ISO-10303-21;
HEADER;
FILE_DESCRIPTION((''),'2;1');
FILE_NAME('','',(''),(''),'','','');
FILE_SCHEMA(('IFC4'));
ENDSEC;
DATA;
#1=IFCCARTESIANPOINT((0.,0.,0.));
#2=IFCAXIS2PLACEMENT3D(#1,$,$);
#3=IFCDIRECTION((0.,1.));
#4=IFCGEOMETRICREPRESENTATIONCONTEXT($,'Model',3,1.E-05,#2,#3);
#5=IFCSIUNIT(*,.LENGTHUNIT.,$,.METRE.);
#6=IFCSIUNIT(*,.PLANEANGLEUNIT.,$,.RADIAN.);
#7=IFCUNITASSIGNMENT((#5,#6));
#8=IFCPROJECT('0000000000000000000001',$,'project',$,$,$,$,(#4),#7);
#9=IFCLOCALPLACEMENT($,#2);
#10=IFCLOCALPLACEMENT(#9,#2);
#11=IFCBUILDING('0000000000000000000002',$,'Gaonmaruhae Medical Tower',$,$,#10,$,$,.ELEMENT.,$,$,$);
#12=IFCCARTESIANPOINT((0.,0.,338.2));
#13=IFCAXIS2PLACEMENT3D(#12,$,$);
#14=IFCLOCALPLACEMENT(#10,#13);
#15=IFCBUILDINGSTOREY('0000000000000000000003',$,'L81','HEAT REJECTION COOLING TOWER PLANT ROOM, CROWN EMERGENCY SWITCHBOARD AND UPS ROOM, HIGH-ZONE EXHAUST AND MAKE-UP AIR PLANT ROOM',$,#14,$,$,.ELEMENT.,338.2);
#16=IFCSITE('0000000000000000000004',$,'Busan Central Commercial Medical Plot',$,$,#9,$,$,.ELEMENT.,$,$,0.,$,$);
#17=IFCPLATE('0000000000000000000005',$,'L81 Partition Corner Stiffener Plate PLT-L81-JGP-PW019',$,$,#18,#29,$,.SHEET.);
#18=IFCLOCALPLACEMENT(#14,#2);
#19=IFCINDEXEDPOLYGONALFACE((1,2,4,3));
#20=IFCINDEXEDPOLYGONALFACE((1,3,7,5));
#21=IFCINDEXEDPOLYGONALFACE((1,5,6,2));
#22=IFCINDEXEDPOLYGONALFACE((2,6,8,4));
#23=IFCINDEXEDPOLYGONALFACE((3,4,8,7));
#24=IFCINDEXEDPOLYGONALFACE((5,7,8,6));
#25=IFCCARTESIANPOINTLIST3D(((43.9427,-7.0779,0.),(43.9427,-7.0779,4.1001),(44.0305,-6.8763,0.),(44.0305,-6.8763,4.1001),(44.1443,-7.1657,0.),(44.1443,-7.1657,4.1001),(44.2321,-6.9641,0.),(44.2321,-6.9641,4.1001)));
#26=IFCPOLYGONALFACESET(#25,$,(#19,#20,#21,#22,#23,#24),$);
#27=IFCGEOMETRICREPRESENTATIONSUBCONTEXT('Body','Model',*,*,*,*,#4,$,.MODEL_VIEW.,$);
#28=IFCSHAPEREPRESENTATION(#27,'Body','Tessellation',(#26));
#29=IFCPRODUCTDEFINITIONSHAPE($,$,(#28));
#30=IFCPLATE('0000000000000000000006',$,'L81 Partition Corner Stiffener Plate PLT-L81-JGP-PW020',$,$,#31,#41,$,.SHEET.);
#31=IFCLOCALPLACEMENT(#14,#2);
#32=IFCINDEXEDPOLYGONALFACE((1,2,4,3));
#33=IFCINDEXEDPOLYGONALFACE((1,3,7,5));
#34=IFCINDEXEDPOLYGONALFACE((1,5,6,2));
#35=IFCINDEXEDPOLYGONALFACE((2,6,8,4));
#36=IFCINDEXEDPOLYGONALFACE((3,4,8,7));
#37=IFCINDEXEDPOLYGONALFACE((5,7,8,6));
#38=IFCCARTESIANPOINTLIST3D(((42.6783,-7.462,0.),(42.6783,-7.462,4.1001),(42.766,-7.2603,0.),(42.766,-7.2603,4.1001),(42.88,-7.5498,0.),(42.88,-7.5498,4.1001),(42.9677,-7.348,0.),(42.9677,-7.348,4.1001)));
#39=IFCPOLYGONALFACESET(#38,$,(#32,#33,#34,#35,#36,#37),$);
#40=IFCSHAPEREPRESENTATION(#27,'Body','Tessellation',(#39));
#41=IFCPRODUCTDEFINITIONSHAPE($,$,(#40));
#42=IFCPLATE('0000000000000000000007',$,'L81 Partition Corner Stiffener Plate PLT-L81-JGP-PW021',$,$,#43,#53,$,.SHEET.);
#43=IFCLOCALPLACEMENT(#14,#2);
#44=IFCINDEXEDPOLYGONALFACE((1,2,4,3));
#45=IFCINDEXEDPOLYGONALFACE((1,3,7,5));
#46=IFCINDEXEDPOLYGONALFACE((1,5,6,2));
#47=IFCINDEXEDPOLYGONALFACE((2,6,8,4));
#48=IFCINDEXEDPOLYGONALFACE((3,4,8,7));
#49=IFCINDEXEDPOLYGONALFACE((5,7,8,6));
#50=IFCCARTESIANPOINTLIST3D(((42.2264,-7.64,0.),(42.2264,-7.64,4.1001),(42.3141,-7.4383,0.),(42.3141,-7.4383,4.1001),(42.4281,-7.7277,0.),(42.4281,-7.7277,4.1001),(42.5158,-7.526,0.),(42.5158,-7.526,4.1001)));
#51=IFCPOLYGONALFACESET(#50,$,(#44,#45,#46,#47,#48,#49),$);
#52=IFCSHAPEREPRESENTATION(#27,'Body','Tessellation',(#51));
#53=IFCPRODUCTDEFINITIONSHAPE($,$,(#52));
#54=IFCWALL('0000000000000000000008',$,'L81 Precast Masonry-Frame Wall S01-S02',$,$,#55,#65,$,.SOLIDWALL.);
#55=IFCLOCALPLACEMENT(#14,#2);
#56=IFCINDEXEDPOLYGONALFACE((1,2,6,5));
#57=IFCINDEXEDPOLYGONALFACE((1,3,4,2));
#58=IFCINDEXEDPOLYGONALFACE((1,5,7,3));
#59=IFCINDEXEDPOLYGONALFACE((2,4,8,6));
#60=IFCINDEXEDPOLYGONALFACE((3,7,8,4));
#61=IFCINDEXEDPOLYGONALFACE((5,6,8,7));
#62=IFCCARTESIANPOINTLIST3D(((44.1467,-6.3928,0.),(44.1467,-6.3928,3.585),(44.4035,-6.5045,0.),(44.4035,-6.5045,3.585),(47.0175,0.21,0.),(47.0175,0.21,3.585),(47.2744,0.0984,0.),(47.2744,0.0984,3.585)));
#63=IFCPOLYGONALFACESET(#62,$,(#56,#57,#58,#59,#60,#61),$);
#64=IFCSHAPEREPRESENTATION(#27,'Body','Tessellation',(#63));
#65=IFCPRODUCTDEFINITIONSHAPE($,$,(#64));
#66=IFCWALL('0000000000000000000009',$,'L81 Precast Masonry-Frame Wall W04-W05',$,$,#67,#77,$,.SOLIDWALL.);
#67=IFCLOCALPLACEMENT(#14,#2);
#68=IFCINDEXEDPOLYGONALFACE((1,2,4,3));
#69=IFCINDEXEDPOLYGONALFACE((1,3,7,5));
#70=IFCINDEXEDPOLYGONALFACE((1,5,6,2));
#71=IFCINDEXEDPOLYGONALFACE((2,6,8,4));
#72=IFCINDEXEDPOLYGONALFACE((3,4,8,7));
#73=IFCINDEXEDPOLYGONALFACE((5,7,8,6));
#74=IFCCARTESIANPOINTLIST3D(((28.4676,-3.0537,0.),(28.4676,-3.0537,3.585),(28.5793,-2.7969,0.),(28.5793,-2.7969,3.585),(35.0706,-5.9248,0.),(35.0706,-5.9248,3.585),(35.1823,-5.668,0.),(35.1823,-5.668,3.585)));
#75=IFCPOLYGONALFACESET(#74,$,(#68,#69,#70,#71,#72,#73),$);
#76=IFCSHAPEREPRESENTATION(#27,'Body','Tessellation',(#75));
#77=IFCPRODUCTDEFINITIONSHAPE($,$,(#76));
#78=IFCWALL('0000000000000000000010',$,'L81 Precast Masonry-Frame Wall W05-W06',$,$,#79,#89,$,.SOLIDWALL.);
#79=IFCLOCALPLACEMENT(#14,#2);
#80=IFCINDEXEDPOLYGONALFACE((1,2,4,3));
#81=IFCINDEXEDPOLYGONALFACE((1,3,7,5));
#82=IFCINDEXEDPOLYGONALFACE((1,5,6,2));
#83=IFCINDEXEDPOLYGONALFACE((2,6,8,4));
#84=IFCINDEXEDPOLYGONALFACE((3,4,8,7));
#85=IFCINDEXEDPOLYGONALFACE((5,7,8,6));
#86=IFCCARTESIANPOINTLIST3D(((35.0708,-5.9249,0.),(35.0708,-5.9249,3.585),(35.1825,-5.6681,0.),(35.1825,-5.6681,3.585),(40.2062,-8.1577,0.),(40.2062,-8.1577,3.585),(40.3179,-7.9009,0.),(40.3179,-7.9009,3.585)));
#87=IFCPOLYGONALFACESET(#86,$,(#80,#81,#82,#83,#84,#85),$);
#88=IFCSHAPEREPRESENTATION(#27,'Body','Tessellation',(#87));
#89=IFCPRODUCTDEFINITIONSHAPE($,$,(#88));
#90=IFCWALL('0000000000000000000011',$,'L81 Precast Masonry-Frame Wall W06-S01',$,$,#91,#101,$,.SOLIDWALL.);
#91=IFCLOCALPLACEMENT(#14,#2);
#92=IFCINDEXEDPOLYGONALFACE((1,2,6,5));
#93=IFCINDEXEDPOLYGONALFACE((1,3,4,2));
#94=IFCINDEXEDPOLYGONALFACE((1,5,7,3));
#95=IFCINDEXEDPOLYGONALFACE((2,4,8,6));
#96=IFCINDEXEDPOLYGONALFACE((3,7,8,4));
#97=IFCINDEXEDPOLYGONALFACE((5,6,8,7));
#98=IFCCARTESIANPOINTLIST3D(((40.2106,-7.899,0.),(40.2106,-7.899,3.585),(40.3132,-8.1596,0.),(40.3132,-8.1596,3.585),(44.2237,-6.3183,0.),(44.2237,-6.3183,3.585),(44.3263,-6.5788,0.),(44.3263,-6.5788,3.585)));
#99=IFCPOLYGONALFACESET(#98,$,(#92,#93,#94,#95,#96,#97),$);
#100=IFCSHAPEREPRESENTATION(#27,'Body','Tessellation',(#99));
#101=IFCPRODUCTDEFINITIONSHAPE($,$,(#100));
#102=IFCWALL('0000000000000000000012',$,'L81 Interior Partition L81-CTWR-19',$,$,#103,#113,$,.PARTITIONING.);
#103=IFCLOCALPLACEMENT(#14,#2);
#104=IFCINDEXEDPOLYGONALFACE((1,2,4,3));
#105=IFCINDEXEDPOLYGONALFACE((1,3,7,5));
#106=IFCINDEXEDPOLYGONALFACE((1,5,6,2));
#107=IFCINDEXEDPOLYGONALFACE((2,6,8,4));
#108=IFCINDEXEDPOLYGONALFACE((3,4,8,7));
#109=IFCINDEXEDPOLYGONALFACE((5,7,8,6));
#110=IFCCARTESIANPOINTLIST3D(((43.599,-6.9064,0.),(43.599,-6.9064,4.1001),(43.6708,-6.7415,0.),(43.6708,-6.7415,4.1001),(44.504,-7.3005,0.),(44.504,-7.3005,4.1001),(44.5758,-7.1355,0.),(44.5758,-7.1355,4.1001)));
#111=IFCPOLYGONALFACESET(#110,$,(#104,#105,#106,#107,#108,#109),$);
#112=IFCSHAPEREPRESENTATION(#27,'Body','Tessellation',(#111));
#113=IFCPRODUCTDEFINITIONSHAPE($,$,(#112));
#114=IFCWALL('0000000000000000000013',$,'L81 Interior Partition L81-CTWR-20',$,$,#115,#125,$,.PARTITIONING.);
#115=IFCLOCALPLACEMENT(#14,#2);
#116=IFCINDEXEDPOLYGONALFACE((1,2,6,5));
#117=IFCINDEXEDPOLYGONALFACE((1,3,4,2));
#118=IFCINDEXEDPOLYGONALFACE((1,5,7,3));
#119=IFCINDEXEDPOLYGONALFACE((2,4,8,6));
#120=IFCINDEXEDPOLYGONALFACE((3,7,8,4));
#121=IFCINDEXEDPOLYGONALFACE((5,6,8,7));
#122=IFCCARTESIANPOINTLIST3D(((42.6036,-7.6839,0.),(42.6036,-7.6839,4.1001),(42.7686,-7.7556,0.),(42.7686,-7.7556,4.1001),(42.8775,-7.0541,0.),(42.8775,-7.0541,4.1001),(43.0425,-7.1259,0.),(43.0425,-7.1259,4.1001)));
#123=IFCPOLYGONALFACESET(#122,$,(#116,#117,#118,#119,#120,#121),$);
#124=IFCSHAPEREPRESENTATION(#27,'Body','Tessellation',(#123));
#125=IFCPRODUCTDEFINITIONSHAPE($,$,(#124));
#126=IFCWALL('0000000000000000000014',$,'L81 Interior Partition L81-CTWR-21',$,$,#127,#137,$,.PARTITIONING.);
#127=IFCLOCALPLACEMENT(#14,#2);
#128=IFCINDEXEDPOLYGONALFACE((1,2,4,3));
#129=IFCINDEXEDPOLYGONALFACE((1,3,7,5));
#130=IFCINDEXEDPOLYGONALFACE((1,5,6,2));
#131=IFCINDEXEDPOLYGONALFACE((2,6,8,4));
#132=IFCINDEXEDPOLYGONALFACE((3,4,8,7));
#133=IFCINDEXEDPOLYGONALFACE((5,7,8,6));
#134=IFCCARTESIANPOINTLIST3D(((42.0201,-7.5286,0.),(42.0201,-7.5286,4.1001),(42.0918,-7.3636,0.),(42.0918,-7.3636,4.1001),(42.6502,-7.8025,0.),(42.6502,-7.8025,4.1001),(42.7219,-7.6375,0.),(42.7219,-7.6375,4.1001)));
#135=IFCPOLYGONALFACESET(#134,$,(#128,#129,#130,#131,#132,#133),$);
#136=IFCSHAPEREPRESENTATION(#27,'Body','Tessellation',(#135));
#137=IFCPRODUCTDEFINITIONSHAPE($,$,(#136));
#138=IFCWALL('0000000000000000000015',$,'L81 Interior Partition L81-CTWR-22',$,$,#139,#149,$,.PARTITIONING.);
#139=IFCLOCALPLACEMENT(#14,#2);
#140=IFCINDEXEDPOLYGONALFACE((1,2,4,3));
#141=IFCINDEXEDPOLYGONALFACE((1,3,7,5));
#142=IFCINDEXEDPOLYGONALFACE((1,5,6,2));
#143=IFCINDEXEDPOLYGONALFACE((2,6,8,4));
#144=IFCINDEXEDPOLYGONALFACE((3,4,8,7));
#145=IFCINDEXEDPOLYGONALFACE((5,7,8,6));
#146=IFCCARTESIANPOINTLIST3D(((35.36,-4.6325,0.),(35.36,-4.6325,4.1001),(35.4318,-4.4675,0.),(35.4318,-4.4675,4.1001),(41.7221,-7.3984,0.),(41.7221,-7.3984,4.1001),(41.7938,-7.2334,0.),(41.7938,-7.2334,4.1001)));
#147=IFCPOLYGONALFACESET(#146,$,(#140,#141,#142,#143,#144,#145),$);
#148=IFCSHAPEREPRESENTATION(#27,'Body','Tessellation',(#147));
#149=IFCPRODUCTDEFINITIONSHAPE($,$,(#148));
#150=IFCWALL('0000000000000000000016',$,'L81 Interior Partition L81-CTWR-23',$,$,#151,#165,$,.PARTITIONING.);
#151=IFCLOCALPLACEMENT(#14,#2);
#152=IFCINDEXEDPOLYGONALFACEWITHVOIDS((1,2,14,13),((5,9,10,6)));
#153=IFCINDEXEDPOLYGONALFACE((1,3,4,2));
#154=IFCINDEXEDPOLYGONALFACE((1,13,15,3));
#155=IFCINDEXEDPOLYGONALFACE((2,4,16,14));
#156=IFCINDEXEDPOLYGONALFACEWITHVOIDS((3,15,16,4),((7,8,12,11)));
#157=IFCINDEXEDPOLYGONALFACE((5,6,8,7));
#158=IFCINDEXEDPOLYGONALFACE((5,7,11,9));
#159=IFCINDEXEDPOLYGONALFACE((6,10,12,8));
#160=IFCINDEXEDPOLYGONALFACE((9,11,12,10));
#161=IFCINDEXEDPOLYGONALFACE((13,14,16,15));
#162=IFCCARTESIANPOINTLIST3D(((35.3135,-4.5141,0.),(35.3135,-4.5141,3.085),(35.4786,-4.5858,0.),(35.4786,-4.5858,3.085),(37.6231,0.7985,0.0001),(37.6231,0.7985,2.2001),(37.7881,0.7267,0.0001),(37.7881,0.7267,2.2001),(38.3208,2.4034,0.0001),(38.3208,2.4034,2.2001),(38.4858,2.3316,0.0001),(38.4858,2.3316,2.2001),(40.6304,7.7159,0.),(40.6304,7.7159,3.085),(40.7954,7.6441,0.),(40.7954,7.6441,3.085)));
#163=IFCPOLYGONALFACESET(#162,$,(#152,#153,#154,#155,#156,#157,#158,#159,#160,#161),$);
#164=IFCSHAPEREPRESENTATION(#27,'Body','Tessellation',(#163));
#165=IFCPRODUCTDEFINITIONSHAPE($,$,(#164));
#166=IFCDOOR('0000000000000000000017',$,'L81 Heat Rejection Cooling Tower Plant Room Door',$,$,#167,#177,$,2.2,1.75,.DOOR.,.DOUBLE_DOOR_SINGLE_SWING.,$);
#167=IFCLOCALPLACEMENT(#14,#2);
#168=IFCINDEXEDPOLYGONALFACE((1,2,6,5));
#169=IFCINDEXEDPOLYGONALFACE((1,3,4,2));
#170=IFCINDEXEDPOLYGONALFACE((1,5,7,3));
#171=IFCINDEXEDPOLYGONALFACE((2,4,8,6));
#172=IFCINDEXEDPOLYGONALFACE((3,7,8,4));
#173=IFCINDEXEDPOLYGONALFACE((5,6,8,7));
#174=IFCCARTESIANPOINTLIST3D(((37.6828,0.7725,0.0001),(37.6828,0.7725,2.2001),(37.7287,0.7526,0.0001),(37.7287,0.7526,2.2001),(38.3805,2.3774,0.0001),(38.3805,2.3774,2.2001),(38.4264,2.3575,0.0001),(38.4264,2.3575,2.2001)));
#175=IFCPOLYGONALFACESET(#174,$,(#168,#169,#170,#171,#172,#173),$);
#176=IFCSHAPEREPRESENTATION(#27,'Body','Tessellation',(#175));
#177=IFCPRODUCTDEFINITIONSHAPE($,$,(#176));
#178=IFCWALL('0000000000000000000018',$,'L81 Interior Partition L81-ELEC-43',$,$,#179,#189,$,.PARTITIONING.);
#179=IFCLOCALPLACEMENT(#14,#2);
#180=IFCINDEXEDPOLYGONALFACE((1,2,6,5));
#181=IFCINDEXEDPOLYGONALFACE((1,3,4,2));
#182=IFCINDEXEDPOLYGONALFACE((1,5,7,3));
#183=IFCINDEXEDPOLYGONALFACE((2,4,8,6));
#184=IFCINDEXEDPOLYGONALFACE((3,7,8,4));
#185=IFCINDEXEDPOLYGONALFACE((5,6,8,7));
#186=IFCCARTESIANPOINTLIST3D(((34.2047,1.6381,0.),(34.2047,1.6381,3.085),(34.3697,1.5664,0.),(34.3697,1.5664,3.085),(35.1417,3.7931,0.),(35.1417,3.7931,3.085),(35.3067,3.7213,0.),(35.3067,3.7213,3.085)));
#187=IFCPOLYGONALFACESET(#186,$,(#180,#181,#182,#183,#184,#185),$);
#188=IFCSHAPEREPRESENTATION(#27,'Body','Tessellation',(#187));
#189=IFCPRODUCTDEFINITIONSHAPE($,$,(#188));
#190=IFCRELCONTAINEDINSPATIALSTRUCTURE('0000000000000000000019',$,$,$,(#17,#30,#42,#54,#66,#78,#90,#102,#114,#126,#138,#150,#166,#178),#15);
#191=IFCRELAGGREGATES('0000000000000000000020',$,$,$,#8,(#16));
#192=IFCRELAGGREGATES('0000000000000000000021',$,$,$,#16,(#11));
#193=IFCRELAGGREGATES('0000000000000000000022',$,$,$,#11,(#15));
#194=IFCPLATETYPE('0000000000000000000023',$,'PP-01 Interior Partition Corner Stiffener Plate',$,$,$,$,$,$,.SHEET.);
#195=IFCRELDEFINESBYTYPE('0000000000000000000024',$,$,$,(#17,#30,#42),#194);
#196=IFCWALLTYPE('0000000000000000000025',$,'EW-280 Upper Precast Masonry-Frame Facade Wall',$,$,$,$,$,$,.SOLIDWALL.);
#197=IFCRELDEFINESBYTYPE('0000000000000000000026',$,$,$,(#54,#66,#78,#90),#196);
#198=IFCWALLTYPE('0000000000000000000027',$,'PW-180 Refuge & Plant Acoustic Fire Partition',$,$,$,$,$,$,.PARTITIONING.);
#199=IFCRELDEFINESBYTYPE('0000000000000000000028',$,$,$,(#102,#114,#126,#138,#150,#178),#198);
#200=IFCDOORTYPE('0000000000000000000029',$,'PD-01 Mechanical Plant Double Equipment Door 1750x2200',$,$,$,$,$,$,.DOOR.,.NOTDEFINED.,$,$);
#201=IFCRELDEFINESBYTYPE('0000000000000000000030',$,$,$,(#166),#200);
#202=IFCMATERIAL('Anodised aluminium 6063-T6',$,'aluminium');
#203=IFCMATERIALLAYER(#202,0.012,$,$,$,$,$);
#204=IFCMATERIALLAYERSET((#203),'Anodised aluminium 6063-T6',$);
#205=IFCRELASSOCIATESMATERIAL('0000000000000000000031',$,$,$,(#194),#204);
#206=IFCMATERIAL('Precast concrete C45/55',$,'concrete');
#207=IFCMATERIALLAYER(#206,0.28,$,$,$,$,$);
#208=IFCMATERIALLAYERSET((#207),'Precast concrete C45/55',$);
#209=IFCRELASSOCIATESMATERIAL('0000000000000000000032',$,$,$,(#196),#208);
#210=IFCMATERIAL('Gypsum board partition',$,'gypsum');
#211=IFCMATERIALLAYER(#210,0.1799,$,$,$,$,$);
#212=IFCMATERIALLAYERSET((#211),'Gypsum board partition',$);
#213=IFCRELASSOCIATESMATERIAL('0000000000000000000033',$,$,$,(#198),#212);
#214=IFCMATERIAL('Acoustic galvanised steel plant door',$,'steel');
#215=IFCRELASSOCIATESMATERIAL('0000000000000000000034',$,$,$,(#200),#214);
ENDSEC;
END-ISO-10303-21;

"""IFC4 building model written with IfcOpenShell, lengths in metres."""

from ifc_helpers import new_model, si_unit, direction, frame, frame_2d, origin, origin_2d, place, context, subcontext, project, spatial, rectangle, extrude, material, layer, layer_set, type_object, element, fill, save


model = new_model("IFC4")

# Units and contexts
model_context = context("Model", 3, precision=1e-05, world=origin(), true_north=direction((0.0, 1.0)))
body_context = subcontext(model_context, "Body", "Model", "MODEL_VIEW")
ifc_project = project(units=[si_unit("LENGTHUNIT", "METRE"), si_unit("PLANEANGLEUNIT", "RADIAN")], contexts=[model_context])

# Site, building, storey
site_placement = place(None, origin())
site = spatial("IfcSite", under=ifc_project, at=site_placement, Name="Busan Central Commercial Medical Plot", CompositionType="ELEMENT", RefElevation=0.0)
building_placement = place(site_placement, origin())
building = spatial("IfcBuilding", under=site, at=building_placement, Name="Gaonmaruhae Medical Tower", CompositionType="ELEMENT")
storey_placement = place(building_placement, frame((0.0, 0.0, 338.2)))
storey = spatial("IfcBuildingStorey", under=building, at=storey_placement, Name="L81", Description="HEAT REJECTION COOLING TOWER PLANT ROOM, CROWN EMERGENCY SWITCHBOARD AND UPS ROOM, HIGH-ZONE EXHAUST AND MAKE-UP AIR PLANT ROOM", CompositionType="ELEMENT", Elevation=338.2)

# Plates
ifc_material_1 = material(Name="Anodised aluminium 6063-T6", Category="aluminium")
ifc_layer_1 = layer(ifc_material_1, 0.012)
ifc_layer_set_1 = layer_set([ifc_layer_1], Name="Anodised aluminium 6063-T6")
plate_type_1 = type_object("IfcPlateType", Name="PP-01 Interior Partition Corner Stiffener Plate", PredefinedType="SHEET", material=ifc_layer_set_1)
for number, where, z_axis, x_axis, name in (
    (1, (44.0874, -7.021, 0.0), (0.0, 0.0, 1.0), (-0.916879, 0.399165, 0.0), "L81 Partition Corner Stiffener Plate PLT-L81-JGP-PW019"),
    (2, (42.823, -7.405, 0.0), (0.0, 0.0, 1.0), (-0.398829, -0.917025, 0.0), "L81 Partition Corner Stiffener Plate PLT-L81-JGP-PW020"),
    (3, (42.3711, -7.583, 0.0), (0.0, 0.0, 1.0), (-0.917025, 0.398829, 0.0), "L81 Partition Corner Stiffener Plate PLT-L81-JGP-PW021"),
):
    element("IfcPlate", number, at=place(storey_placement, frame(where, z_axis=z_axis, x_axis=x_axis)), inside=storey, type_object=plate_type_1, Name=name, PredefinedType="SHEET", context=body_context, shape_type="SweptSolid", body=[
        extrude(rectangle(XDim=0.22, YDim=0.22, at=origin_2d()), origin(), (0.0, 0.0, 1.0), 4.1001),
    ])

# Walls
ifc_material_2 = material(Name="Precast concrete C45/55", Category="concrete")
ifc_layer_2 = layer(ifc_material_2, 0.28)
ifc_layer_set_2 = layer_set([ifc_layer_2], Name="Precast concrete C45/55")
wall_type_1 = type_object("IfcWallType", Name="EW-280 Upper Precast Masonry-Frame Facade Wall", PredefinedType="SOLIDWALL", material=ifc_layer_set_2)
wall_1_placement = place(storey_placement, frame((47.146, 0.1543, 0.0), z_axis=(0.0, 0.0, 1.0), x_axis=(-0.398735, -0.917066, 0.0)))
element("IfcWall", 4, at=wall_1_placement, inside=storey, type_object=wall_type_1, Name="L81 Precast Masonry-Frame Wall S01-S02", PredefinedType="SOLIDWALL", context=body_context, shape_type="SweptSolid", body=[
    extrude(rectangle(XDim=7.2, YDim=0.28, at=frame_2d((3.6001, 0.0))), origin(), (0.0, 0.0, 1.0), 3.585),
])
wall_2_placement = place(storey_placement, frame((35.1265, -5.7964, 0.0), z_axis=(0.0, 0.0, 1.0), x_axis=(-0.917059, 0.398751, 0.0)))
element("IfcWall", 5, at=wall_2_placement, inside=storey, type_object=wall_type_1, Name="L81 Precast Masonry-Frame Wall W04-W05", PredefinedType="SOLIDWALL", context=body_context, shape_type="SweptSolid", body=[
    extrude(rectangle(XDim=7.2002, YDim=0.28, at=frame_2d((3.6001, 0.0))), origin(), (0.0, 0.0, 1.0), 3.585),
])
wall_3_placement = place(storey_placement, frame((40.262, -8.0293, 0.0), z_axis=(0.0, 0.0, 1.0), x_axis=(-0.917065, 0.398739, 0.0)))
element("IfcWall", 6, at=wall_3_placement, inside=storey, type_object=wall_type_1, Name="L81 Precast Masonry-Frame Wall W05-W06", PredefinedType="SOLIDWALL", context=body_context, shape_type="SweptSolid", body=[
    extrude(rectangle(XDim=5.5999, YDim=0.28, at=frame_2d((2.7998, 0.0))), origin(), (0.0, 0.0, 1.0), 3.585),
])
wall_4_placement = place(storey_placement, frame((44.2751, -6.4485, 0.0), z_axis=(0.0, 0.0, 1.0), x_axis=(-0.93042, -0.366496, 0.0)))
element("IfcWall", 7, at=wall_4_placement, inside=storey, type_object=wall_type_1, Name="L81 Precast Masonry-Frame Wall W06-S01", PredefinedType="SOLIDWALL", context=body_context, shape_type="SweptSolid", body=[
    extrude(rectangle(XDim=4.3132, YDim=0.28, at=frame_2d((2.1567, 0.0))), origin(), (0.0, 0.0, 1.0), 3.585),
])
ifc_material_3 = material(Name="Gypsum board partition", Category="gypsum")
ifc_layer_3 = layer(ifc_material_3, 0.1799)
ifc_layer_set_3 = layer_set([ifc_layer_3], Name="Gypsum board partition")
wall_type_2 = type_object("IfcWallType", Name="PW-180 Refuge & Plant Acoustic Fire Partition", PredefinedType="PARTITIONING", material=ifc_layer_set_3)
wall_5_placement = place(storey_placement, frame((44.54, -7.218, 0.0), z_axis=(0.0, 0.0, 1.0), x_axis=(-0.916865, 0.399196, 0.0)))
element("IfcWall", 8, at=wall_5_placement, inside=storey, type_object=wall_type_2, Name="L81 Interior Partition L81-CTWR-19", PredefinedType="PARTITIONING", context=body_context, shape_type="SweptSolid", body=[
    extrude(rectangle(XDim=0.9871, YDim=0.1799, at=frame_2d((0.4937, 0.0))), origin(), (0.0, 0.0, 1.0), 4.1001),
])
wall_6_placement = place(storey_placement, frame((42.96, -7.0901, 0.0), z_axis=(0.0, 0.0, 1.0), x_axis=(-0.398804, -0.917036, 0.0)))
element("IfcWall", 9, at=wall_6_placement, inside=storey, type_object=wall_type_2, Name="L81 Interior Partition L81-CTWR-20", PredefinedType="PARTITIONING", context=body_context, shape_type="SweptSolid", body=[
    extrude(rectangle(XDim=0.6868, YDim=0.1799, at=frame_2d((0.3433, 0.0))), origin(), (0.0, 0.0, 1.0), 4.1001),
])
wall_7_placement = place(storey_placement, frame((42.686, -7.72, 0.0), z_axis=(0.0, 0.0, 1.0), x_axis=(-0.917093, 0.398674, 0.0)))
element("IfcWall", 10, at=wall_7_placement, inside=storey, type_object=wall_type_2, Name="L81 Interior Partition L81-CTWR-21", PredefinedType="PARTITIONING", context=body_context, shape_type="SweptSolid", body=[
    extrude(rectangle(XDim=0.687, YDim=0.1799, at=frame_2d((0.3435, 0.0))), origin(), (0.0, 0.0, 1.0), 4.1001),
])
wall_8_placement = place(storey_placement, frame((41.7581, -7.3159, 0.0), z_axis=(0.0, 0.0, 1.0), x_axis=(-0.917083, 0.398697, 0.0)))
element("IfcWall", 11, at=wall_8_placement, inside=storey, type_object=wall_type_2, Name="L81 Interior Partition L81-CTWR-22", PredefinedType="PARTITIONING", context=body_context, shape_type="SweptSolid", body=[
    extrude(rectangle(XDim=6.9373, YDim=0.1799, at=frame_2d((3.4688, 0.0))), origin(), (0.0, 0.0, 1.0), 4.1001),
])

# Wall, opening, door
wall_9_placement = place(storey_placement, frame((35.396, -4.55, 0.0), z_axis=(0.0, 0.0, 1.0), x_axis=(0.398695, 0.917083, 0.0)))
wall_9 = element("IfcWall", 12, at=wall_9_placement, inside=storey, type_object=wall_type_2, Name="L81 Interior Partition L81-CTWR-23", PredefinedType="PARTITIONING", context=body_context, shape_type="SweptSolid", body=[
    extrude(rectangle(XDim=13.3357, YDim=0.1799, at=frame_2d((6.668, 0.0))), origin(), (0.0, 0.0, 1.0), 3.085),
])
opening_placement = place(wall_9_placement, frame((5.793, 0.0, 0.0)))
opening = element("IfcOpeningElement", 13, at=opening_placement, cuts=wall_9, PredefinedType="OPENING", context=body_context, shape_type="SweptSolid", body=[
    extrude(rectangle(XDim=1.75, YDim=2.2, at=frame_2d((0.875, 1.1001))), frame((0.0, 0.1001, 0.0), z_axis=(0.0, -1.0, 0.0), x_axis=(1.0, 0.0, 0.0)), (0.0, 0.0, 1.0), 0.2),
])
ifc_material_4 = material(Name="Acoustic galvanised steel plant door", Category="steel")
door_type = type_object("IfcDoorType", Name="PD-01 Mechanical Plant Double Equipment Door 1750x2200", OperationType="NOTDEFINED", PredefinedType="DOOR", material=ifc_material_4)
door_placement = place(opening_placement, origin())
door = element("IfcDoor", 14, at=door_placement, inside=storey, type_object=door_type, Name="L81 Heat Rejection Cooling Tower Plant Room Door", OperationType="DOUBLE_DOOR_SINGLE_SWING", OverallHeight=2.2, OverallWidth=1.75, PredefinedType="DOOR", context=body_context, shape_type="SweptSolid", body=[
    extrude(rectangle(XDim=1.75, YDim=2.2, at=frame_2d((0.875, 1.1001))), frame((0.0, 0.0249, 0.0), z_axis=(0.0, -1.0, 0.0), x_axis=(1.0, 0.0, 0.0)), (0.0, 0.0, 1.0), 0.05),
])
fill(opening, door)

# Wall
wall_10_placement = place(storey_placement, frame((35.2241, 3.7571, 0.0), z_axis=(0.0, 0.0, 1.0), x_axis=(-0.398741, -0.917063, 0.0)))
element("IfcWall", 15, at=wall_10_placement, inside=storey, type_object=wall_type_2, Name="L81 Interior Partition L81-ELEC-43", PredefinedType="PARTITIONING", context=body_context, shape_type="SweptSolid", body=[
    extrude(rectangle(XDim=2.3499, YDim=0.1799, at=frame_2d((1.1748, 0.0))), origin(), (0.0, 0.0, 1.0), 3.085),
])

save(model, "model.ifc")
